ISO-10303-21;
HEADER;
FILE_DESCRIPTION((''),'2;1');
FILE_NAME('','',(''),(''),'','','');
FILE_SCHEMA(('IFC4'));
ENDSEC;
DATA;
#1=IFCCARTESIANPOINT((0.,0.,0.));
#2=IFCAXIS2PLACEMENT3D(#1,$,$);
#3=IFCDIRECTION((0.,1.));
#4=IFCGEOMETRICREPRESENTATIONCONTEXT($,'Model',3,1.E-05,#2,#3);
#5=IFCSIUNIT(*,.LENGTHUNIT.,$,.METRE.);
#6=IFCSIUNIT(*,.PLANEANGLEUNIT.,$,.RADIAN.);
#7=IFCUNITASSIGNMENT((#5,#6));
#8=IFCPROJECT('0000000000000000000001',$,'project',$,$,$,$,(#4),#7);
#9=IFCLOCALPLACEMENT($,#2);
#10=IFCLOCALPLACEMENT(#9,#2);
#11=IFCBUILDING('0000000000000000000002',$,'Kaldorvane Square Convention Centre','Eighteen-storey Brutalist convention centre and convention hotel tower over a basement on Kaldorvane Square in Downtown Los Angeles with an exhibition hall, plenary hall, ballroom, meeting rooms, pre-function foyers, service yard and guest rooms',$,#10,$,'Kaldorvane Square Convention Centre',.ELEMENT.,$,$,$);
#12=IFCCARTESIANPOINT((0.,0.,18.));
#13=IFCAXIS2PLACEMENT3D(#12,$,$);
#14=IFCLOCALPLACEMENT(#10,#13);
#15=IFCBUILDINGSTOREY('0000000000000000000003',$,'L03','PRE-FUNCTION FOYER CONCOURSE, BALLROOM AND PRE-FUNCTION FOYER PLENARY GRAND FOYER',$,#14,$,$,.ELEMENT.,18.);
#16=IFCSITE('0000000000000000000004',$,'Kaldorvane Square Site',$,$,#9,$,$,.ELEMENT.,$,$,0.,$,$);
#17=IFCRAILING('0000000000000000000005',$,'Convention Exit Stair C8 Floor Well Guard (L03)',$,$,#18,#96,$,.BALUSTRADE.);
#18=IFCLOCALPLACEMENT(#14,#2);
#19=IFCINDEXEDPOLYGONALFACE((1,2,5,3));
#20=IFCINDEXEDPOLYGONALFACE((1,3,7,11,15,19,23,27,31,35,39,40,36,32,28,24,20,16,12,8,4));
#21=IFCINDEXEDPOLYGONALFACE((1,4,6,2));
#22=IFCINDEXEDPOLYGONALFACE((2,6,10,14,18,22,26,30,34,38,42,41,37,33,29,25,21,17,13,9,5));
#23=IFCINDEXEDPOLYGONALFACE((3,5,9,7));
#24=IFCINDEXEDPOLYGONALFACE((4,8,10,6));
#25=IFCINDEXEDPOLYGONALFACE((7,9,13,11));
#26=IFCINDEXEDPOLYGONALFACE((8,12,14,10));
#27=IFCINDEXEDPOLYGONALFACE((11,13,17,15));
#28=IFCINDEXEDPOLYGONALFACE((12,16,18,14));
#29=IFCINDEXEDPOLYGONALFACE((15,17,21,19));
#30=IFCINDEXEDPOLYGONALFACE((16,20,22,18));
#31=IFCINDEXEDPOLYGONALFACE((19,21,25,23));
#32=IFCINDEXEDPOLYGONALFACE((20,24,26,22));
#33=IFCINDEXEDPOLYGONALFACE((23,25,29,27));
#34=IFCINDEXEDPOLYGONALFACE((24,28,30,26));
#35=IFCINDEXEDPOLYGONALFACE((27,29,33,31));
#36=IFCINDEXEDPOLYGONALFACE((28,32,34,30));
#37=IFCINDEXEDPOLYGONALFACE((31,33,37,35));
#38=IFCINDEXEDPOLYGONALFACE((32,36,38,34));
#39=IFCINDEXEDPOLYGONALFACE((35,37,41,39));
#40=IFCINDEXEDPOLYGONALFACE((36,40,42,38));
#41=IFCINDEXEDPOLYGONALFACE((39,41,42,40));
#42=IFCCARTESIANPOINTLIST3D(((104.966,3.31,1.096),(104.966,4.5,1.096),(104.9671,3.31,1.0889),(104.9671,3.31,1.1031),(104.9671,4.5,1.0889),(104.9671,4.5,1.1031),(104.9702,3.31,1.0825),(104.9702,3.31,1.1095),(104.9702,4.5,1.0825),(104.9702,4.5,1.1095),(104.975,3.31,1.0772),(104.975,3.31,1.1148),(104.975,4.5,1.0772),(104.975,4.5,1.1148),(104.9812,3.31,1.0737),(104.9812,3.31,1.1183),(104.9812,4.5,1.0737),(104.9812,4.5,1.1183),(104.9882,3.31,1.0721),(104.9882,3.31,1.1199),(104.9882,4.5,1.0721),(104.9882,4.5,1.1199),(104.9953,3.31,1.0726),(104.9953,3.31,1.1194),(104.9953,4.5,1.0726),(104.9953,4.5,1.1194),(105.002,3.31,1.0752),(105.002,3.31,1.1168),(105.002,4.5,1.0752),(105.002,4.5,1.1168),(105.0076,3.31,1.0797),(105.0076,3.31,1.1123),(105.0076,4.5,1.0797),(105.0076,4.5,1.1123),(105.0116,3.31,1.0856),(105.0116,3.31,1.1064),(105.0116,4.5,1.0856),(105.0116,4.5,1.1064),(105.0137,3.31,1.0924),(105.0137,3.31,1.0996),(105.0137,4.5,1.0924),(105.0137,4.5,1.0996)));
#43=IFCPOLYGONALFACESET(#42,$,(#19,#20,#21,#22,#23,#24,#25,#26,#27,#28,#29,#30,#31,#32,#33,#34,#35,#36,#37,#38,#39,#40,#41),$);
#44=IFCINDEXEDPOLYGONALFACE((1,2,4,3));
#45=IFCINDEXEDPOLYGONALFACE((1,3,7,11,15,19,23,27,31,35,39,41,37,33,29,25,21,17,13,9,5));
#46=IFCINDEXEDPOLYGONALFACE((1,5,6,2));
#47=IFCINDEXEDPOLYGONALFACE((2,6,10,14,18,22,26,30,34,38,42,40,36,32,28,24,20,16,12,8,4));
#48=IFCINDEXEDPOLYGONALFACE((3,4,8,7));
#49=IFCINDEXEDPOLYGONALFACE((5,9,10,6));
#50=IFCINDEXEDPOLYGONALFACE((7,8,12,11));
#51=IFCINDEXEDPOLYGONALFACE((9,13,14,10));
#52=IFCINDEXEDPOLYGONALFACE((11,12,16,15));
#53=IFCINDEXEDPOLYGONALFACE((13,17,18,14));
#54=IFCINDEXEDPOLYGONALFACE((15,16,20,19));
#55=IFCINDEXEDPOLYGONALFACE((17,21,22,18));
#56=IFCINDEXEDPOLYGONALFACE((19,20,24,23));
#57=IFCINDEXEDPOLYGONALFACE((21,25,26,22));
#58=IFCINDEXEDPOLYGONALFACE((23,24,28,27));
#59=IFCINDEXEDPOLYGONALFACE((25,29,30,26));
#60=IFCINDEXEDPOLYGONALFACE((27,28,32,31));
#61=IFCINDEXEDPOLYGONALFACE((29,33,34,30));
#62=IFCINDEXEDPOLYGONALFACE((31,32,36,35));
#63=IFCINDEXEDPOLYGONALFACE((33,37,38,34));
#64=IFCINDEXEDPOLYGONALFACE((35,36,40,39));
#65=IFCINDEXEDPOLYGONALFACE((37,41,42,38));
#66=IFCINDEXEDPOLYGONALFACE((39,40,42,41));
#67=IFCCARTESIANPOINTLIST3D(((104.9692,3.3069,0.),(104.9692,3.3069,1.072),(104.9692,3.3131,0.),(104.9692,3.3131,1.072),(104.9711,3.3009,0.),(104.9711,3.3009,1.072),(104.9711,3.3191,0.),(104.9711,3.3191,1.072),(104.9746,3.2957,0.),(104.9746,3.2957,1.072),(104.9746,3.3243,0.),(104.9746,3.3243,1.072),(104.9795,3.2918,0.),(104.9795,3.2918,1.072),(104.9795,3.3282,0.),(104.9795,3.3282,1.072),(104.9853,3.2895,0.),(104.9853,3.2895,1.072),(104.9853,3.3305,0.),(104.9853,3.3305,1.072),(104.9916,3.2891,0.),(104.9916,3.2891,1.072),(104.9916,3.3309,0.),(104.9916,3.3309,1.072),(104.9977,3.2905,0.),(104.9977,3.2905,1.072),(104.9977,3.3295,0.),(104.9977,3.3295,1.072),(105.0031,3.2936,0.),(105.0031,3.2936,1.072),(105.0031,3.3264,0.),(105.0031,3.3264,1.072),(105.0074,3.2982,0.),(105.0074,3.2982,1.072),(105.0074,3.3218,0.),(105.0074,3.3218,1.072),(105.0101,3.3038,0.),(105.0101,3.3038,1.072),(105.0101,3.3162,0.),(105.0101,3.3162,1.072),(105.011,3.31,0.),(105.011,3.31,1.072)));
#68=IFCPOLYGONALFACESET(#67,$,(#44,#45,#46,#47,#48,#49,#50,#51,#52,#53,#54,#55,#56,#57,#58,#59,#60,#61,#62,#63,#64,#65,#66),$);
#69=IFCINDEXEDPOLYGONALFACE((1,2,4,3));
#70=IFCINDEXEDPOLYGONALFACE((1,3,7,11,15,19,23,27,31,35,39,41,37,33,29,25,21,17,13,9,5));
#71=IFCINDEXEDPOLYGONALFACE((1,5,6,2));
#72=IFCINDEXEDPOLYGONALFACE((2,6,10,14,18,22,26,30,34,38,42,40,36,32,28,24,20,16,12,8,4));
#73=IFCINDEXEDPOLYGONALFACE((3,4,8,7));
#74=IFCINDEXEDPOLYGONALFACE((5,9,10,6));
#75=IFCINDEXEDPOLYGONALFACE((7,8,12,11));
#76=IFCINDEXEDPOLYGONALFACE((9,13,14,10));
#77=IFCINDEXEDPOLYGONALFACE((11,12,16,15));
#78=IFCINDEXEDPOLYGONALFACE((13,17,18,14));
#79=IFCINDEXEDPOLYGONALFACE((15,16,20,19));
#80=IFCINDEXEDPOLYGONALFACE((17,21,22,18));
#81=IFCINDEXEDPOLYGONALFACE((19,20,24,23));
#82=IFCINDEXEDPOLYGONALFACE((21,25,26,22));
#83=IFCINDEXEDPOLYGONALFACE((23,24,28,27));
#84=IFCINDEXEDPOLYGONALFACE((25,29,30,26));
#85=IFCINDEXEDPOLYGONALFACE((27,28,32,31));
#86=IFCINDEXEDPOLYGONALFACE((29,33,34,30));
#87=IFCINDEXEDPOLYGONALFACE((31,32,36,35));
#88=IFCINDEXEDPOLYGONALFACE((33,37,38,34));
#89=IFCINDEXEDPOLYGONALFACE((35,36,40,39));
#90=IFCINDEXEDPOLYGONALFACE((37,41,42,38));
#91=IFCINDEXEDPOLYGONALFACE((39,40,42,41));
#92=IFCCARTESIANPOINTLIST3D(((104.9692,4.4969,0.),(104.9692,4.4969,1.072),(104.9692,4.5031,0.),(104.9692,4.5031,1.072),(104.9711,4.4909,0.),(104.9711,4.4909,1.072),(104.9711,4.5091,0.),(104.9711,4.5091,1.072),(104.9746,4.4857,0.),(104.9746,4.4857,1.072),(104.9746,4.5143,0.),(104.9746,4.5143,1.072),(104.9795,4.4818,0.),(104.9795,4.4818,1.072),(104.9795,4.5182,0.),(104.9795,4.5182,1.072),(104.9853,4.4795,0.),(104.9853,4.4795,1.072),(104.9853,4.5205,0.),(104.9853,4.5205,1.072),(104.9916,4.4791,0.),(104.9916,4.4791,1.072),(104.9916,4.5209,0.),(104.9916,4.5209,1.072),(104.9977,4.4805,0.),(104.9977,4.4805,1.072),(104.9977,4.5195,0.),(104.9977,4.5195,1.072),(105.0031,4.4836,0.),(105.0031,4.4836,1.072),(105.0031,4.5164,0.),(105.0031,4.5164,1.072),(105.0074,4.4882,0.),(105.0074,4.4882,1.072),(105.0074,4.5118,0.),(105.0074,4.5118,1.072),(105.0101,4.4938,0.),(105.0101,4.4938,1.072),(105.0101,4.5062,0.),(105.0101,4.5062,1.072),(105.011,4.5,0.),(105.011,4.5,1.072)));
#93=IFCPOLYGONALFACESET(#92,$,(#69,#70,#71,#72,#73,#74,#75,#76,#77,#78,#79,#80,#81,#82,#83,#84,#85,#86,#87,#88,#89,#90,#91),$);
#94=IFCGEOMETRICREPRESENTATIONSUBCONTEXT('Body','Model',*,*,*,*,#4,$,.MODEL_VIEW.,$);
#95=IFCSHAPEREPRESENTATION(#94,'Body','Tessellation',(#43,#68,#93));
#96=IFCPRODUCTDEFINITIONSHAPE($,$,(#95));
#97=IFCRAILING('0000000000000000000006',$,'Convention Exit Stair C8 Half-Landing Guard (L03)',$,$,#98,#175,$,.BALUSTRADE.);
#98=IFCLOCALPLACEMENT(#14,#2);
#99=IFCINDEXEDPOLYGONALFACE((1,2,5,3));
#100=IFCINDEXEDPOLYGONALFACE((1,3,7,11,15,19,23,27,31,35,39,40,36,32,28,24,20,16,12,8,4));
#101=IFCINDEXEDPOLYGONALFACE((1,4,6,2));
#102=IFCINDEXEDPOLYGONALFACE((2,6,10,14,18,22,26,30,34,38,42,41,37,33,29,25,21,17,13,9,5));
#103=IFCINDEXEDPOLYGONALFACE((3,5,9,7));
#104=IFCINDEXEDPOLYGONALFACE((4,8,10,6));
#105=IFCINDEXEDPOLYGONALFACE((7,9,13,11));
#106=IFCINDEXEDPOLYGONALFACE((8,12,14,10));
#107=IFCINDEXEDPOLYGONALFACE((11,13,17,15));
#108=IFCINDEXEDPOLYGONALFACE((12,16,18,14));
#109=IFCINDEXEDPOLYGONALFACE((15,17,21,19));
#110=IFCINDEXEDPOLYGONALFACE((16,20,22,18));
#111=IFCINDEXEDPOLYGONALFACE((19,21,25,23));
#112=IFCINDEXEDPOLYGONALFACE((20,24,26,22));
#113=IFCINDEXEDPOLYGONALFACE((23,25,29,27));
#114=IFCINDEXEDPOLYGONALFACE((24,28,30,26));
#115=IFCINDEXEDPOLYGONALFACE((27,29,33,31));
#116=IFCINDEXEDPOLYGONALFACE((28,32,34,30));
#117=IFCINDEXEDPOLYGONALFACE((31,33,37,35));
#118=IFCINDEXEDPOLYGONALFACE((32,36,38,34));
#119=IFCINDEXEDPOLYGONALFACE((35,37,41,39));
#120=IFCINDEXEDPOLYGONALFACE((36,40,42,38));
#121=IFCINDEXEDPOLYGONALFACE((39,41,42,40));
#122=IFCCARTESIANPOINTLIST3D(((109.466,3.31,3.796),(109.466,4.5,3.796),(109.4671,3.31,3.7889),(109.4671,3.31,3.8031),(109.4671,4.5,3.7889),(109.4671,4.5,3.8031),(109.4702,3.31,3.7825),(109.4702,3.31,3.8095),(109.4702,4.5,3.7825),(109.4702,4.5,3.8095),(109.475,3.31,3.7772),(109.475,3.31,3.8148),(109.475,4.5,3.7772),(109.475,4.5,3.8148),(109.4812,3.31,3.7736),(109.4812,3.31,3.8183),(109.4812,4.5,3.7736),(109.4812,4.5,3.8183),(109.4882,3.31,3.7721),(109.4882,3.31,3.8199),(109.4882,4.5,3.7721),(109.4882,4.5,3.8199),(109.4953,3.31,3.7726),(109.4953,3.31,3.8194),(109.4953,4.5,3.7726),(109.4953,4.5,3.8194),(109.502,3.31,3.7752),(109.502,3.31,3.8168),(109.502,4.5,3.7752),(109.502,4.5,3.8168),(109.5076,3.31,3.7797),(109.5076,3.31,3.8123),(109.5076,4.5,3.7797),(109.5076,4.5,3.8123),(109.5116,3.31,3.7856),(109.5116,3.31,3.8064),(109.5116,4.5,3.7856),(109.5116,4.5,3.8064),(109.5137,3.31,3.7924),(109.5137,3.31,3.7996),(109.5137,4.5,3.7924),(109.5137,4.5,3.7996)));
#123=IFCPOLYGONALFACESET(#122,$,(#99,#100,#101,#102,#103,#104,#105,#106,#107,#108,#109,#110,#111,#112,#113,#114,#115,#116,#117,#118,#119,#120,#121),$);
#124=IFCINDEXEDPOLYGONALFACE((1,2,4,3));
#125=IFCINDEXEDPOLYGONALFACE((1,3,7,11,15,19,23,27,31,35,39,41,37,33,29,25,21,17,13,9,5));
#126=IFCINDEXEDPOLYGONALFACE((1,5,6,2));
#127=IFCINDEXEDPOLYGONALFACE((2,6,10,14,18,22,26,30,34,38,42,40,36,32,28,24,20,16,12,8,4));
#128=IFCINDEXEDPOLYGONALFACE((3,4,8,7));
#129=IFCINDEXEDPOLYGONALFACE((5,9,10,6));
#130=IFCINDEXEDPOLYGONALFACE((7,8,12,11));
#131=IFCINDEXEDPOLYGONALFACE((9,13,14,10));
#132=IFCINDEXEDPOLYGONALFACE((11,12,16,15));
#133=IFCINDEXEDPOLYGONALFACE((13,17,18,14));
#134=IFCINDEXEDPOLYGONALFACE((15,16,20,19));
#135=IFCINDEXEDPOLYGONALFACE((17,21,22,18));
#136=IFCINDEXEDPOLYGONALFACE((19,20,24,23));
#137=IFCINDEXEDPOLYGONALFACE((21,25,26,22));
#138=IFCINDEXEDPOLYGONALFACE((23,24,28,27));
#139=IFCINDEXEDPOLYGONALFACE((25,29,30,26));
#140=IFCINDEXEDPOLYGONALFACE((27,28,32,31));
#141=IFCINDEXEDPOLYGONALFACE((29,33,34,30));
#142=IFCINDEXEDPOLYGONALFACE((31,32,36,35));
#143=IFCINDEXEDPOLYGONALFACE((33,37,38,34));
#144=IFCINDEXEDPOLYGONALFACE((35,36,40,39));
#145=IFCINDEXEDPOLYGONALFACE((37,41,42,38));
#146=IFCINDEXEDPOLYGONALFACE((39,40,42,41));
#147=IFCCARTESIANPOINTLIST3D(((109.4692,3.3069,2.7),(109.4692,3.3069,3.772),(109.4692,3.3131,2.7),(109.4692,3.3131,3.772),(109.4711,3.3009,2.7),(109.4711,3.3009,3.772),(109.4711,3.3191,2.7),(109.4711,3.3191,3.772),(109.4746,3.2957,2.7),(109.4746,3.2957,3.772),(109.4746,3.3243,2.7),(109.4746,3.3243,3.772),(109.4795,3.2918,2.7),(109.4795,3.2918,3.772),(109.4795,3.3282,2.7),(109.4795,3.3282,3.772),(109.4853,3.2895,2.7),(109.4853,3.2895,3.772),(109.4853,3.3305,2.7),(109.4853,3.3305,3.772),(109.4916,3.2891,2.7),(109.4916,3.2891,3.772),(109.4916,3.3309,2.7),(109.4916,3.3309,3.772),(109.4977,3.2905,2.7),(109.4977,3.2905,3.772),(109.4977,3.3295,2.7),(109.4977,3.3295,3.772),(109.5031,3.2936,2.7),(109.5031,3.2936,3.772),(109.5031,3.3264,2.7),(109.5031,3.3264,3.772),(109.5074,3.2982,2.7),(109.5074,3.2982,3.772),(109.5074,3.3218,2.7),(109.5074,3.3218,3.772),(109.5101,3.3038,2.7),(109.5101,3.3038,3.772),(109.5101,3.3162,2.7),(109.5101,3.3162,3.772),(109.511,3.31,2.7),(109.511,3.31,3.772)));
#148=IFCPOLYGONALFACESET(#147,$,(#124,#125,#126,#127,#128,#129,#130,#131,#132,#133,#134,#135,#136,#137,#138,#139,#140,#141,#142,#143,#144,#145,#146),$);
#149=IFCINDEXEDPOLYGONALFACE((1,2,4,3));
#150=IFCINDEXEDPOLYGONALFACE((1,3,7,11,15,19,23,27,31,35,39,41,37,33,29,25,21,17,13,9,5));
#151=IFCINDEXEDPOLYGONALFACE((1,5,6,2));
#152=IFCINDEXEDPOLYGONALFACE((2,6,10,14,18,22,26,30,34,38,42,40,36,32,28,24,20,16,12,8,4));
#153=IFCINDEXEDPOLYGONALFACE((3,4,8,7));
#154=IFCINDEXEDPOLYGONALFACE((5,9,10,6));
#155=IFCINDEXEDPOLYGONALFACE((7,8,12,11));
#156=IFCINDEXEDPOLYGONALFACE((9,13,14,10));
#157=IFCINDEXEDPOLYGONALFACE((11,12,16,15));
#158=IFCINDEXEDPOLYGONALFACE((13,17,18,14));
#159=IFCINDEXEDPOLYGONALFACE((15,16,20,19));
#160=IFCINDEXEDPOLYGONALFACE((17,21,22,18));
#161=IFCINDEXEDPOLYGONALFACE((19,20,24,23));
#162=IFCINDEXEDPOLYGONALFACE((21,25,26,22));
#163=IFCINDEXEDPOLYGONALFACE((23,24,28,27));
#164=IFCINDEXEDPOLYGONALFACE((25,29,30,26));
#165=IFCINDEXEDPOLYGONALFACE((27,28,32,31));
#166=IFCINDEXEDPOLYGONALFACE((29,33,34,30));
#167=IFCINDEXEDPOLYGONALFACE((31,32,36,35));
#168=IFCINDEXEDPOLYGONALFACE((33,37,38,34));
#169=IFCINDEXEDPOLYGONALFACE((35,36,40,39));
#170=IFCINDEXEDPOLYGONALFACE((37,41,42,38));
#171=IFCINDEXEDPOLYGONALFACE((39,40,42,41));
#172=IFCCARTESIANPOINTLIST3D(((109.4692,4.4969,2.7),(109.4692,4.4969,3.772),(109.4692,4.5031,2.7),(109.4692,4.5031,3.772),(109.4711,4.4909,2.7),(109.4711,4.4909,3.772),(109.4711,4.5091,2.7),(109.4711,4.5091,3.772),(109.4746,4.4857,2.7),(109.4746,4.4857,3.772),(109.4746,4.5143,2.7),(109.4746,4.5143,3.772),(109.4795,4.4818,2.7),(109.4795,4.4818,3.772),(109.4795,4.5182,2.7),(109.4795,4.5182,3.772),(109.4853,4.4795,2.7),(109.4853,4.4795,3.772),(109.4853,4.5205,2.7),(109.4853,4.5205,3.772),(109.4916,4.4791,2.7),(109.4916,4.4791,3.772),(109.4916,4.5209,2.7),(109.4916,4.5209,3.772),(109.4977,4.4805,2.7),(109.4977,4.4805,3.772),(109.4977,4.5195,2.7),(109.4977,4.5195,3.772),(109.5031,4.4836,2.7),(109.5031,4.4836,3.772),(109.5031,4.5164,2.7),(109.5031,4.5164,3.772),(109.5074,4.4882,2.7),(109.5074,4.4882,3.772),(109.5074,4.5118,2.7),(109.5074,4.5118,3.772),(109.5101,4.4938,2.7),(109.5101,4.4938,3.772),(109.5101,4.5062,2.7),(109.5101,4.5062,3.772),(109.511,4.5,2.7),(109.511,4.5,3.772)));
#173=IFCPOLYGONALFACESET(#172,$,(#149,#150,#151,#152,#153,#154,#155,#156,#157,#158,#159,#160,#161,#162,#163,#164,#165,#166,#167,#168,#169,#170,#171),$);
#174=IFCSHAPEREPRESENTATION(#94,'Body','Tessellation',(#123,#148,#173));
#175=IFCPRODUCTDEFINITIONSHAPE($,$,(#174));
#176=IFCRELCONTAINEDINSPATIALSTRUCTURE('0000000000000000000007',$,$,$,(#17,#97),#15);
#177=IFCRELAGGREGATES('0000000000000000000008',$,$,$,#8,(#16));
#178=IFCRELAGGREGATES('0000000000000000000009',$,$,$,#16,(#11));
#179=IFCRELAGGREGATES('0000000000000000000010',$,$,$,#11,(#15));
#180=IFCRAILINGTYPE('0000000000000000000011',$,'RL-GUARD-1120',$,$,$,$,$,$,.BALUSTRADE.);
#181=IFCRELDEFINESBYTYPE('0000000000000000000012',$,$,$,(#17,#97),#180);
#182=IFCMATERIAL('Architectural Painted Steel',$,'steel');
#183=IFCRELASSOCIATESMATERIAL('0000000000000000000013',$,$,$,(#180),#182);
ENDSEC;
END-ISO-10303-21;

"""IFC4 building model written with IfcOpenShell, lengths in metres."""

from ifc_helpers import new_model, si_unit, direction, frame, origin, origin_2d, place, context, subcontext, project, spatial, circle, extrude, material, type_object, element, save


model = new_model("IFC4")

# Units and contexts
model_context = context("Model", 3, precision=1e-05, world=origin(), true_north=direction((0.0, 1.0)))
body_context = subcontext(model_context, "Body", "Model", "MODEL_VIEW")
ifc_project = project(units=[si_unit("LENGTHUNIT", "METRE"), si_unit("PLANEANGLEUNIT", "RADIAN")], contexts=[model_context])

# Site, building, storey
site_placement = place(None, origin())
site = spatial("IfcSite", under=ifc_project, at=site_placement, Name="Kaldorvane Square Site", CompositionType="ELEMENT", RefElevation=0.0)
building_placement = place(site_placement, origin())
building = spatial("IfcBuilding", under=site, at=building_placement, Name="Kaldorvane Square Convention Centre", Description="Eighteen-storey Brutalist convention centre and convention hotel tower over a basement on Kaldorvane Square in Downtown Los Angeles with an exhibition hall, plenary hall, ballroom, meeting rooms, pre-function foyers, service yard and guest rooms", LongName="Kaldorvane Square Convention Centre", CompositionType="ELEMENT")
storey_placement = place(building_placement, frame((0.0, 0.0, 18.0)))
storey = spatial("IfcBuildingStorey", under=building, at=storey_placement, Name="L03", Description="PRE-FUNCTION FOYER CONCOURSE, BALLROOM AND PRE-FUNCTION FOYER PLENARY GRAND FOYER", CompositionType="ELEMENT", Elevation=18.0)

# Railings
ifc_material_1 = material(Name="Architectural Painted Steel", Category="steel")
railing_type_1 = type_object("IfcRailingType", Name="RL-GUARD-1120", PredefinedType="BALUSTRADE", material=ifc_material_1)
for number, where, name in (
    (1, (104.99, 3.31, 0.0), "Convention Exit Stair C8 Floor Well Guard (L03)"),
    (2, (109.49, 3.31, 2.7), "Convention Exit Stair C8 Half-Landing Guard (L03)"),
):
    element("IfcRailing", number, at=place(storey_placement, frame(where)), inside=storey, type_object=railing_type_1, Name=name, PredefinedType="BALUSTRADE", context=body_context, shape_type="SweptSolid", body=[
        extrude(circle(Radius=0.024, at=origin_2d()), frame((0.0, 0.0, 1.096), z_axis=(0.0, 1.0, 0.0), x_axis=(-1.0, 0.0, 0.0)), (0.0, 0.0, 1.0), 1.19),
        extrude(circle(Radius=0.021, at=origin_2d()), origin(), (0.0, 0.0, 1.0), 1.072),
        extrude(circle(Radius=0.021, at=origin_2d()), frame((0.0, 1.19, 0.0)), (0.0, 0.0, 1.0), 1.072),
    ])

save(model, "model.ifc")
